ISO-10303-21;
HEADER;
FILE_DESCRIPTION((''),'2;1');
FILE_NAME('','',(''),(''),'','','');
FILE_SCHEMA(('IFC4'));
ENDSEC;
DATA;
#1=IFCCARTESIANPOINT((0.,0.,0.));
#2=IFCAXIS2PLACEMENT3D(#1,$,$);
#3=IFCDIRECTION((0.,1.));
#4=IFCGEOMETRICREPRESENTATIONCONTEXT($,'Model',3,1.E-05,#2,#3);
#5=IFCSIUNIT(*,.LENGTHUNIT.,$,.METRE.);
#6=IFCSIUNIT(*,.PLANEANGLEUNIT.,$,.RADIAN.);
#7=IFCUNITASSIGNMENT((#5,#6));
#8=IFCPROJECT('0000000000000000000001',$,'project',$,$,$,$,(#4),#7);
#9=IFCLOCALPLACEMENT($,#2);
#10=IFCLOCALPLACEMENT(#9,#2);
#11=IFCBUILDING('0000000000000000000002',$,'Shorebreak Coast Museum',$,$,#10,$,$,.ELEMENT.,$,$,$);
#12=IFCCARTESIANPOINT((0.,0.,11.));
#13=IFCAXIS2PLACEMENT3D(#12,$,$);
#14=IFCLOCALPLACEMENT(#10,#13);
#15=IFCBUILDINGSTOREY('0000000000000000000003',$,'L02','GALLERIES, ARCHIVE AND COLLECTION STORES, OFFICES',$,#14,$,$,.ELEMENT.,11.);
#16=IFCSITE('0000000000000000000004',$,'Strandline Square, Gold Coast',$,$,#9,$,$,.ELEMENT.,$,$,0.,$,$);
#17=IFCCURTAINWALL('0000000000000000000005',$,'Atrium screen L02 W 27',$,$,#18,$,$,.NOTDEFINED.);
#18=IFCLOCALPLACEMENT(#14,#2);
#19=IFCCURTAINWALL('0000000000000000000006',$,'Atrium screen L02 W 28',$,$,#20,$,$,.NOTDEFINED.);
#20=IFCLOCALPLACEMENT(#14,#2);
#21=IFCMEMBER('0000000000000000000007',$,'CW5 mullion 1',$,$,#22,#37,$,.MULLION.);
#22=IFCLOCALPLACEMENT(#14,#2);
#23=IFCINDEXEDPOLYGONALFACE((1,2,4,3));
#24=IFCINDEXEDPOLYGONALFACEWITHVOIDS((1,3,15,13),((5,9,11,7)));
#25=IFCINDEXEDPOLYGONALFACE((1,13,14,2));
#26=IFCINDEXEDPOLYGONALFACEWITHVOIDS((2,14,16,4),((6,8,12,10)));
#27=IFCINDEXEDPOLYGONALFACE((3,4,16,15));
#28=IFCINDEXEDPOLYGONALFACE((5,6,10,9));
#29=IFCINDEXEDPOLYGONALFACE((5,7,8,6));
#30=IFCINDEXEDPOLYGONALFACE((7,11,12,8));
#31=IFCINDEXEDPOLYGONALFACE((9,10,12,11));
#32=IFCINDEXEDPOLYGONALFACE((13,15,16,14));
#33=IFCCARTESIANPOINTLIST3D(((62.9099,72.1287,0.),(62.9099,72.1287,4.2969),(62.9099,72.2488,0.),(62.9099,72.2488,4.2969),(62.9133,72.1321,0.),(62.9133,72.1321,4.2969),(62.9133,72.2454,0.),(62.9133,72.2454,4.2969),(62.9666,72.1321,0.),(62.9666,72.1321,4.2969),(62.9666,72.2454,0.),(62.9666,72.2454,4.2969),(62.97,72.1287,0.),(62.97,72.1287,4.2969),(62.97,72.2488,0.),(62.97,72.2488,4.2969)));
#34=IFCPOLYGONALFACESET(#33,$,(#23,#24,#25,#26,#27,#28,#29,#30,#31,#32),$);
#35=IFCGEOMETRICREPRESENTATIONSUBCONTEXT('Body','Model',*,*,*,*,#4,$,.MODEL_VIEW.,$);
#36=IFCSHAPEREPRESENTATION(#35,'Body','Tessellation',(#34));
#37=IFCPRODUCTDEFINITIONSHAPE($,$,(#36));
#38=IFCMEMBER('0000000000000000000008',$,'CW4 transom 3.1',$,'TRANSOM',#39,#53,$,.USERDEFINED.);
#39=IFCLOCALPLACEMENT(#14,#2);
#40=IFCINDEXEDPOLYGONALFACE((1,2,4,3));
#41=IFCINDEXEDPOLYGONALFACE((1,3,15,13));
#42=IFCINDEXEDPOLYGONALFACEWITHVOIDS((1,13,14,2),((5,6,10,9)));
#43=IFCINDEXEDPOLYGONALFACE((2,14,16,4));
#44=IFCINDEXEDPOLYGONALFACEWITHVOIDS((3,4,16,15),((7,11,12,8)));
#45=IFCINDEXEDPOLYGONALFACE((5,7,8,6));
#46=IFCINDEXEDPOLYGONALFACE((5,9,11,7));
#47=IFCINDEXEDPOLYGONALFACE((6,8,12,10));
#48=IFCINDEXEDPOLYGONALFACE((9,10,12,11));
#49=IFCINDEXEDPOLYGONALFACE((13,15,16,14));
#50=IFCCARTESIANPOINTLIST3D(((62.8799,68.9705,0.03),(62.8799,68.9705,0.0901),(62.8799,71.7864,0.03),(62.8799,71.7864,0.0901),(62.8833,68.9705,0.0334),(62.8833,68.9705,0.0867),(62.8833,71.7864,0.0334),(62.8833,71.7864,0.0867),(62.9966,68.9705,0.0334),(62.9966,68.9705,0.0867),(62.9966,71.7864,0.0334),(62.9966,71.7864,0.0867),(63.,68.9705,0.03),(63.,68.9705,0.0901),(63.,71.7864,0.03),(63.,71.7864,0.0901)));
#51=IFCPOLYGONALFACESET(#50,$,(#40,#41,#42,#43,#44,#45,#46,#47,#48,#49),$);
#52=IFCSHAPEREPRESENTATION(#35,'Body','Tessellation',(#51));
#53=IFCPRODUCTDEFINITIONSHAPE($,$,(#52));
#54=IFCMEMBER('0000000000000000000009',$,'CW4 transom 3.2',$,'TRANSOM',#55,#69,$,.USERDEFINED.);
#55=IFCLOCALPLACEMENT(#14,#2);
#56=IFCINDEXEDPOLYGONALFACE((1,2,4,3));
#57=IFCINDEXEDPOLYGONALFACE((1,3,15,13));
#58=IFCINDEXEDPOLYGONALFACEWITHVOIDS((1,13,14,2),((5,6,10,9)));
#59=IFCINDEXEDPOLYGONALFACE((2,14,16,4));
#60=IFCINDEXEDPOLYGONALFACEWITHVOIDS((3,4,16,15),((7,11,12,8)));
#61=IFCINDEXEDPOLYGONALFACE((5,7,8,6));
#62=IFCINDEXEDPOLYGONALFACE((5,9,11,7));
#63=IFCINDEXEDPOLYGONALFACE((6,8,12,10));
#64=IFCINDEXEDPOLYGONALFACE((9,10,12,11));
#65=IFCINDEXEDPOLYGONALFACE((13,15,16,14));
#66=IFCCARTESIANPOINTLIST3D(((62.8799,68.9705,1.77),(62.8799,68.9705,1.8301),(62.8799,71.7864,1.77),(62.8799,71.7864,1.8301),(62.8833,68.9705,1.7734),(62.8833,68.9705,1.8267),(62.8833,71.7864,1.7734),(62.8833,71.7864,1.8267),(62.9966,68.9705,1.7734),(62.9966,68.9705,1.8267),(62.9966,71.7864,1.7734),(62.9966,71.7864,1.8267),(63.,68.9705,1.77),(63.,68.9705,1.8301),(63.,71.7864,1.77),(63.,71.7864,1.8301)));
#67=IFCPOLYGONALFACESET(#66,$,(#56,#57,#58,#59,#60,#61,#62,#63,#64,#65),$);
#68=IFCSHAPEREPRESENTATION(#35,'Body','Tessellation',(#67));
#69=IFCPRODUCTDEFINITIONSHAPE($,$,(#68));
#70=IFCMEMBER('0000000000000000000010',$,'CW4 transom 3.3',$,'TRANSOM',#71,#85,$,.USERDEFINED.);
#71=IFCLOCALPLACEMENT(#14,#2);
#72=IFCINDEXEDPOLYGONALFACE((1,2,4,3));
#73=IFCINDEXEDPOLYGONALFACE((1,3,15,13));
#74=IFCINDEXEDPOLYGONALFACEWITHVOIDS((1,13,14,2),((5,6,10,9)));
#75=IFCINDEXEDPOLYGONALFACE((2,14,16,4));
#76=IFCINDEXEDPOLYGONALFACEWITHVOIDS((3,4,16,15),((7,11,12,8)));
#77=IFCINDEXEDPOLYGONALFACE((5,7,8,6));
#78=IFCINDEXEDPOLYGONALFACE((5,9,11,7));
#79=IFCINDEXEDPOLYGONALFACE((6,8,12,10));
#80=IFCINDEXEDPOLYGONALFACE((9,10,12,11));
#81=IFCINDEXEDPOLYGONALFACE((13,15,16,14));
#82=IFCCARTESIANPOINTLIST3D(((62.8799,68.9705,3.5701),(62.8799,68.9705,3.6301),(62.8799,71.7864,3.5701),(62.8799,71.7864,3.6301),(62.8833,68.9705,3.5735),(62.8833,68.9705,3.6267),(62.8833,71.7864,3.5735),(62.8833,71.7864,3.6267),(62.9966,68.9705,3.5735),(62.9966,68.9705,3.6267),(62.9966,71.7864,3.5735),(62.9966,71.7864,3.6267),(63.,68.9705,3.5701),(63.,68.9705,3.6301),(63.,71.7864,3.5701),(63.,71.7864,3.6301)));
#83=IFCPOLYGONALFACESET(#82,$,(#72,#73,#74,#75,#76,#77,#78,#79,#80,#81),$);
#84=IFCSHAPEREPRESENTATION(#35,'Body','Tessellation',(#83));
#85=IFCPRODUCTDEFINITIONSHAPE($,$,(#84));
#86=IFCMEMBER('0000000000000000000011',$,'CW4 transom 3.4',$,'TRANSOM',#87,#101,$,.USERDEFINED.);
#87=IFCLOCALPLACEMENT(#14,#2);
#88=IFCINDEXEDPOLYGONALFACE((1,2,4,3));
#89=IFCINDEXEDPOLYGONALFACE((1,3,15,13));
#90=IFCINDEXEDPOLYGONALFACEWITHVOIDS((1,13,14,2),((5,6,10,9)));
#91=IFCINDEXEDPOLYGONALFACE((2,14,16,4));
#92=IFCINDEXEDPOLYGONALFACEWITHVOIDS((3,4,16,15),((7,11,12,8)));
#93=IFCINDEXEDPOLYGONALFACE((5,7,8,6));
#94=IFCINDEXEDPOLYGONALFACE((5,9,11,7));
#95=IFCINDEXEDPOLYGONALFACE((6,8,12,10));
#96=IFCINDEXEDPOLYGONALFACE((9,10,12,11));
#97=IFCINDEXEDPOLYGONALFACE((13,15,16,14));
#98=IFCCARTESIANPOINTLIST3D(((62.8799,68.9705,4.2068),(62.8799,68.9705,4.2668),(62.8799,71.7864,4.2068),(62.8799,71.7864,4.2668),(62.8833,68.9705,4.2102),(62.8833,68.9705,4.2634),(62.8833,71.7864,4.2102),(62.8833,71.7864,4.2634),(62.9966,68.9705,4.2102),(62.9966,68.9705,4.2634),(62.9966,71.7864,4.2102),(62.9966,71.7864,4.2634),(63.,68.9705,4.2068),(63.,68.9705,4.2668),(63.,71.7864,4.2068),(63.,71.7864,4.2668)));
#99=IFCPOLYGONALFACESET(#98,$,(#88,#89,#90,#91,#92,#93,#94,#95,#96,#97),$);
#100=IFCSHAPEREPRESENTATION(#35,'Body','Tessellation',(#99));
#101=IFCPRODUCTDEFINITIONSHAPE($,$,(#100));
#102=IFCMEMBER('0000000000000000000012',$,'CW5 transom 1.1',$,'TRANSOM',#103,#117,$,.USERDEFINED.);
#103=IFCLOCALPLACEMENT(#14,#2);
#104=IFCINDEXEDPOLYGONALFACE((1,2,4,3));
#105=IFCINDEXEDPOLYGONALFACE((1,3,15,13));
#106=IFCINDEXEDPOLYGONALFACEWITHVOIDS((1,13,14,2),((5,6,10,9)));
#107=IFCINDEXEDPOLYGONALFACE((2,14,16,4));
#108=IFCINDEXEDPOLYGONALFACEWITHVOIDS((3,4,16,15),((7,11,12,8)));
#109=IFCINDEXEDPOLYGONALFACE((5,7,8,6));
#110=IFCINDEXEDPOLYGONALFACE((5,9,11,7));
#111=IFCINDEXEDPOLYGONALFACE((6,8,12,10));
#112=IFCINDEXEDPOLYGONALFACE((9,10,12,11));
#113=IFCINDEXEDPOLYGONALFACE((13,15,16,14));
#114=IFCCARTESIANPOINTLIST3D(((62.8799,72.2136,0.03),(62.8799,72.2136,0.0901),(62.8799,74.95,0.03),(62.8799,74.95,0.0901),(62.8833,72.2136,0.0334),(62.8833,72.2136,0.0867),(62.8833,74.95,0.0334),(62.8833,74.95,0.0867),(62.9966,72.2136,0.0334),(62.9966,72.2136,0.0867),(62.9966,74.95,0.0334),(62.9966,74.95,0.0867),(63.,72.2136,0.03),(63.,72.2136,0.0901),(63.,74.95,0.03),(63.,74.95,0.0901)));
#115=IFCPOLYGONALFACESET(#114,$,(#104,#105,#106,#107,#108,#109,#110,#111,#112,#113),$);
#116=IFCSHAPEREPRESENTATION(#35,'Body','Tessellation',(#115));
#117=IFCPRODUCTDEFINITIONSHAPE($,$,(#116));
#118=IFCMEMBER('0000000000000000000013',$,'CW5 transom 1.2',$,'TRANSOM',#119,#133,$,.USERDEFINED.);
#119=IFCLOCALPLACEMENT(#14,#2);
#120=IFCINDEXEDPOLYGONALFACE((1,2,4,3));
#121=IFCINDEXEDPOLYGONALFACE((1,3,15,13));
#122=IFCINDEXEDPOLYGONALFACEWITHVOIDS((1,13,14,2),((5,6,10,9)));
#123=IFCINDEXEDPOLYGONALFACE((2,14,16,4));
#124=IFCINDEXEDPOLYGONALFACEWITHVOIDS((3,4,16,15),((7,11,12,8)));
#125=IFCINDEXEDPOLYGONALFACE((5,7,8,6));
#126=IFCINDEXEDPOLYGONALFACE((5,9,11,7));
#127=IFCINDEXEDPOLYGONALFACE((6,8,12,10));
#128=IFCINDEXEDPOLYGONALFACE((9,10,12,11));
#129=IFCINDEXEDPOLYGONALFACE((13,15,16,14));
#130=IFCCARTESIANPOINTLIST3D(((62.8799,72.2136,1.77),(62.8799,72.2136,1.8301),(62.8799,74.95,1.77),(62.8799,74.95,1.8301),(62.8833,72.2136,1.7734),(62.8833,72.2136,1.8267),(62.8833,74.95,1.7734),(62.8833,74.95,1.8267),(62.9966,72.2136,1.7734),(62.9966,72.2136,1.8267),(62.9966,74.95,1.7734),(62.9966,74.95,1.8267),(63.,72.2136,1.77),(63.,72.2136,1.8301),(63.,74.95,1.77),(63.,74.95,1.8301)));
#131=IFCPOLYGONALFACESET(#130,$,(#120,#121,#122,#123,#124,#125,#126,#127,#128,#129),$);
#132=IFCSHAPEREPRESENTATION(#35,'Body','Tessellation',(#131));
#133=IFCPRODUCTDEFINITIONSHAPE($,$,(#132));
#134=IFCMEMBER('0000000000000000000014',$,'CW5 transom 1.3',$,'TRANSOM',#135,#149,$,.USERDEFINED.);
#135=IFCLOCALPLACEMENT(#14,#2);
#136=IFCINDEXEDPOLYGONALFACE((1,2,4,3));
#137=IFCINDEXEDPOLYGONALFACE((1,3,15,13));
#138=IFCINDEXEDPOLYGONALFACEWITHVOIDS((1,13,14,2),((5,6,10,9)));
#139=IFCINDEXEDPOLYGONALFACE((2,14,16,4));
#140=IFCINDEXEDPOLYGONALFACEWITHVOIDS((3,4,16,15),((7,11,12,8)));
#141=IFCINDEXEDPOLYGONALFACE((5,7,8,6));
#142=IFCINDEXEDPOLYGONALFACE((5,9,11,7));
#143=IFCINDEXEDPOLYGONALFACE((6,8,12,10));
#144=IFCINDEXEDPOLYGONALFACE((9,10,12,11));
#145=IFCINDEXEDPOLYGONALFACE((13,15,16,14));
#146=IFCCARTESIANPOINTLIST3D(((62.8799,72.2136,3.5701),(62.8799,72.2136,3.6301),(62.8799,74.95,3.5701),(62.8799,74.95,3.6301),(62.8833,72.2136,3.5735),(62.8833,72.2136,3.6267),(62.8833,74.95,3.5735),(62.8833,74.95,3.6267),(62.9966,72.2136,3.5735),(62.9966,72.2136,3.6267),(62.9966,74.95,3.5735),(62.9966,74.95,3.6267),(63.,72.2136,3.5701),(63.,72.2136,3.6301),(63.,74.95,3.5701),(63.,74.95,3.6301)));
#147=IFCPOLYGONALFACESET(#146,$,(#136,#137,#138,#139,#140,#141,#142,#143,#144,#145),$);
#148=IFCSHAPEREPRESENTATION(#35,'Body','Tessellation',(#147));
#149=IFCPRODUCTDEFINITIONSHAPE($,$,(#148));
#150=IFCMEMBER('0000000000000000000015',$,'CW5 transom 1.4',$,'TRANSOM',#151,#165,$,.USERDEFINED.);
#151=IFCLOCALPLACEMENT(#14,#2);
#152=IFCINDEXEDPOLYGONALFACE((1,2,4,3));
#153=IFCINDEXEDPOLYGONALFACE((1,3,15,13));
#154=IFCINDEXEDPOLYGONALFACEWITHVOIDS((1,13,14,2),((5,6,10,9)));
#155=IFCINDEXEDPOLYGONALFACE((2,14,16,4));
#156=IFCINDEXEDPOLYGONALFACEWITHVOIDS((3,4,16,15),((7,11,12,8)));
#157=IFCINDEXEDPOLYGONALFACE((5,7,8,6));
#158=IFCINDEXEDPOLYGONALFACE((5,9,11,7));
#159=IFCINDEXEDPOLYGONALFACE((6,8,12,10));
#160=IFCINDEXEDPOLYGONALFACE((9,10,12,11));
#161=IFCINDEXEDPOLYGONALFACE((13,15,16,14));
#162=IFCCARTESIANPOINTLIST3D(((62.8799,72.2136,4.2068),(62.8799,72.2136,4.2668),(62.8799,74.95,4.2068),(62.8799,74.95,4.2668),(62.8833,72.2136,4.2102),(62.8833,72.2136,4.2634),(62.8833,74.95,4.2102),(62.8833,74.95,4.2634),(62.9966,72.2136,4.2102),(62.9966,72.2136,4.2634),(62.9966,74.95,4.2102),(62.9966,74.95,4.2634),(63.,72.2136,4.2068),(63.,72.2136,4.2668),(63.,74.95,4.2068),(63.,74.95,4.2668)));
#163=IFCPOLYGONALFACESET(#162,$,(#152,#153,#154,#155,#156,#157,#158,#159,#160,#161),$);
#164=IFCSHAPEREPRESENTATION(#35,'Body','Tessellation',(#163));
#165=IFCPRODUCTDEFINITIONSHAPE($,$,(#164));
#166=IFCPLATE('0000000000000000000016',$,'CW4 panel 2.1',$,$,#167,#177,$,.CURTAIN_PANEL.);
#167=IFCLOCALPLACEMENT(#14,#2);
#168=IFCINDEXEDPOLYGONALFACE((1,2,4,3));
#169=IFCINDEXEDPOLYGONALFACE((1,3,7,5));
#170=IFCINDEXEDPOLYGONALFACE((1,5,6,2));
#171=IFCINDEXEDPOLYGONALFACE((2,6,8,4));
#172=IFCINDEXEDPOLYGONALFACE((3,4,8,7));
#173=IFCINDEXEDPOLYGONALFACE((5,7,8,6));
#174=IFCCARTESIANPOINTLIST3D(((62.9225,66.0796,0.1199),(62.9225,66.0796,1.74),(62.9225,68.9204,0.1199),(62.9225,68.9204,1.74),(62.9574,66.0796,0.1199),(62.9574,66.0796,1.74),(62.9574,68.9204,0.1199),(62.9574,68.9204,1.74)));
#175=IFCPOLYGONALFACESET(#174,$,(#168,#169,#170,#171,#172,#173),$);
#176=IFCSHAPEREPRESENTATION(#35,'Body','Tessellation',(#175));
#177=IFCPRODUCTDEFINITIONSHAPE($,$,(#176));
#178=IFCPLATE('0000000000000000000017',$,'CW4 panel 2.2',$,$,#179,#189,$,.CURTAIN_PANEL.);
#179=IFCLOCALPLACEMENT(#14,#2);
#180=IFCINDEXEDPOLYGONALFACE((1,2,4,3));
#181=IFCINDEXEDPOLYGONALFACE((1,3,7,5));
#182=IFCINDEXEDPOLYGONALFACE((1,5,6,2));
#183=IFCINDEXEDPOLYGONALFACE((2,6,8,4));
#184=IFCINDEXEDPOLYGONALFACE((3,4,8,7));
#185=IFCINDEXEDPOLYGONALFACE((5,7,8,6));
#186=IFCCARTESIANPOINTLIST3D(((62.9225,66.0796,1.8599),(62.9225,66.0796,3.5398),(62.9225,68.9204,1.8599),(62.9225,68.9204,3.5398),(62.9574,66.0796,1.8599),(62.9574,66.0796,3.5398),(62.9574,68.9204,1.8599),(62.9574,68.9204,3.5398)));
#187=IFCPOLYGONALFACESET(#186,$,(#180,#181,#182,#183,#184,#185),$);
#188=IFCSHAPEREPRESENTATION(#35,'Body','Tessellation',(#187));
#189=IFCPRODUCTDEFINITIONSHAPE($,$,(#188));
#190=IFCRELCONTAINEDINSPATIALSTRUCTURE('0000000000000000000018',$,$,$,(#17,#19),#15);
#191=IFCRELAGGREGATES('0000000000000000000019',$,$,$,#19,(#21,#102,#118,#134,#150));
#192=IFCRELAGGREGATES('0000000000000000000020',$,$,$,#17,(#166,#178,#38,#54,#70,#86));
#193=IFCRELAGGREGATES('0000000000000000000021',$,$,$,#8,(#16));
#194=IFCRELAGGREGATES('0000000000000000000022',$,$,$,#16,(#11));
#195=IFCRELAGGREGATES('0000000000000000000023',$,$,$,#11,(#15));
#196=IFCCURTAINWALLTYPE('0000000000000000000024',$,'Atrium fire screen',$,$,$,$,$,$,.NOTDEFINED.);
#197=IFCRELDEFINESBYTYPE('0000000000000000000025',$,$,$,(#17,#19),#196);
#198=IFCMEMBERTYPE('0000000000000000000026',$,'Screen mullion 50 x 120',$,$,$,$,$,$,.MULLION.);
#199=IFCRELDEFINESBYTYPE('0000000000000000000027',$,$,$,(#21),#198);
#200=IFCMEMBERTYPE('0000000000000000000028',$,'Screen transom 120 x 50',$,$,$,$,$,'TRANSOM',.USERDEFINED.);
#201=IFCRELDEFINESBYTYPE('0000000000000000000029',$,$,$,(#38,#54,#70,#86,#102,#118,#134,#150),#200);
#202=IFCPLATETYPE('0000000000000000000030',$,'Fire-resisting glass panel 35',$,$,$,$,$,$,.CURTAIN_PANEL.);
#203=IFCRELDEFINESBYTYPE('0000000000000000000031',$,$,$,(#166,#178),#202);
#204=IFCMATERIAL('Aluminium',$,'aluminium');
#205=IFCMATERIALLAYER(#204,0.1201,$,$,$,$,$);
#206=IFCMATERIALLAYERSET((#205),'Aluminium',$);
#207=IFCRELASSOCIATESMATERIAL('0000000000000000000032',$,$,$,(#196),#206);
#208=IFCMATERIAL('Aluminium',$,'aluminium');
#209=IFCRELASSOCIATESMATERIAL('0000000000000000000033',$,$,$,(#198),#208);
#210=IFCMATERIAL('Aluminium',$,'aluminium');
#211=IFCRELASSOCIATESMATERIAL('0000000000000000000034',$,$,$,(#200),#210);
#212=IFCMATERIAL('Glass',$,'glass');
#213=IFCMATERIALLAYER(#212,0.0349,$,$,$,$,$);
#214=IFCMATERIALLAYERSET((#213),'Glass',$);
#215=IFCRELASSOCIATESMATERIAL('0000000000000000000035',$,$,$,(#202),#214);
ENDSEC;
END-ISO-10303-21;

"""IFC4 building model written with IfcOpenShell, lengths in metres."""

from ifc_helpers import new_model, si_unit, direction, frame, origin, origin_2d, place, context, subcontext, project, spatial, rectangle, hollow_rectangle, extrude, material, layer, layer_set, material_profile, profile_set, type_object, element, aggregate, save


model = new_model("IFC4")

# Units and contexts
model_context = context("Model", 3, precision=1e-05, world=origin(), true_north=direction((0.0, 1.0)))
body_context = subcontext(model_context, "Body", "Model", "MODEL_VIEW")
ifc_project = project(units=[si_unit("LENGTHUNIT", "METRE"), si_unit("PLANEANGLEUNIT", "RADIAN")], contexts=[model_context])

# Site, building, storey
site_placement = place(None, origin())
site = spatial("IfcSite", under=ifc_project, at=site_placement, Name="Strandline Square, Gold Coast", CompositionType="ELEMENT", RefElevation=0.0)
building_placement = place(site_placement, origin())
building = spatial("IfcBuilding", under=site, at=building_placement, Name="Shorebreak Coast Museum", CompositionType="ELEMENT")
storey_placement = place(building_placement, frame((0.0, 0.0, 11.0)))
storey = spatial("IfcBuildingStorey", under=building, at=storey_placement, Name="L02", Description="GALLERIES, ARCHIVE AND COLLECTION STORES, OFFICES", CompositionType="ELEMENT", Elevation=11.0)

# Curtain wall
ifc_material_1 = material(Name="Aluminium", Category="aluminium")
ifc_layer_1 = layer(ifc_material_1, 0.1201)
ifc_layer_set_1 = layer_set([ifc_layer_1], Name="Aluminium")
curtain_wall_type = type_object("IfcCurtainWallType", Name="Atrium fire screen", PredefinedType="NOTDEFINED", material=ifc_layer_set_1)
curtain_wall_1_placement = place(storey_placement, origin())
curtain_wall_1 = element("IfcCurtainWall", 1, at=curtain_wall_1_placement, inside=storey, type_object=curtain_wall_type, Name="Atrium screen L02 W 27", PredefinedType="NOTDEFINED")
ifc_material_2 = material(Name="Aluminium", Category="aluminium")
ifc_material_profile_1 = material_profile(ifc_material_2, hollow_rectangle(XDim=0.0601, YDim=0.1201, WallThickness=0.0034, at=origin_2d()), Name="AL 120x60 RHS")
ifc_profile_set_1 = profile_set([ifc_material_profile_1], Name="Aluminium")
member_type_1 = type_object("IfcMemberType", Name="Screen mullion 50 x 120", PredefinedType="MULLION", material=ifc_profile_set_1)

# Curtain wall, member
curtain_wall_2_placement = place(storey_placement, origin())
curtain_wall_2 = element("IfcCurtainWall", 2, at=curtain_wall_2_placement, inside=storey, type_object=curtain_wall_type, Name="Atrium screen L02 W 28", PredefinedType="NOTDEFINED")
member_1_placement = place(storey_placement, frame((62.9399, 72.1887, 0.0), z_axis=(0.0, 0.0, 1.0), x_axis=(-1.0, 0.0, 0.0)))
member_1 = element("IfcMember", 3, at=member_1_placement, type_object=member_type_1, Name="CW5 mullion 1", PredefinedType="MULLION", context=body_context, shape_type="SweptSolid", body=[
    extrude(hollow_rectangle(XDim=0.0601, YDim=0.1201, WallThickness=0.0034, at=origin_2d()), origin(), (0.0, 0.0, 1.0), 4.2969),
])

# Members
ifc_material_3 = material(Name="Aluminium", Category="aluminium")
ifc_material_profile_2 = material_profile(ifc_material_3, hollow_rectangle(XDim=0.1201, YDim=0.0601, WallThickness=0.0034, at=origin_2d()), Name="AL 60x120 RHS")
ifc_profile_set_2 = profile_set([ifc_material_profile_2], Name="Aluminium")
member_type_2 = type_object("IfcMemberType", Name="Screen transom 120 x 50", ElementType="TRANSOM", PredefinedType="USERDEFINED", material=ifc_profile_set_2)
member_2_placement = place(storey_placement, frame((62.9399, 68.9705, 0.0601), z_axis=(0.0, 1.0, 0.0), x_axis=(-1.0, 0.0, 0.0)))
member_2 = element("IfcMember", 4, at=member_2_placement, type_object=member_type_2, Name="CW4 transom 3.1", ObjectType="TRANSOM", PredefinedType="USERDEFINED", context=body_context, shape_type="SweptSolid", body=[
    extrude(hollow_rectangle(XDim=0.1201, YDim=0.0601, WallThickness=0.0034, at=origin_2d()), origin(), (0.0, 0.0, 1.0), 2.8159),
])
member_3_placement = place(storey_placement, frame((62.9399, 68.9705, 1.8), z_axis=(0.0, 1.0, 0.0), x_axis=(-1.0, 0.0, 0.0)))
member_3 = element("IfcMember", 5, at=member_3_placement, type_object=member_type_2, Name="CW4 transom 3.2", ObjectType="TRANSOM", PredefinedType="USERDEFINED", context=body_context, shape_type="SweptSolid", body=[
    extrude(hollow_rectangle(XDim=0.1201, YDim=0.0601, WallThickness=0.0034, at=origin_2d()), origin(), (0.0, 0.0, 1.0), 2.8159),
])
member_4_placement = place(storey_placement, frame((62.9399, 68.9705, 3.6001), z_axis=(0.0, 1.0, 0.0), x_axis=(-1.0, 0.0, 0.0)))
member_4 = element("IfcMember", 6, at=member_4_placement, type_object=member_type_2, Name="CW4 transom 3.3", ObjectType="TRANSOM", PredefinedType="USERDEFINED", context=body_context, shape_type="SweptSolid", body=[
    extrude(hollow_rectangle(XDim=0.1201, YDim=0.0601, WallThickness=0.0034, at=origin_2d()), origin(), (0.0, 0.0, 1.0), 2.8159),
])
member_5_placement = place(storey_placement, frame((62.9399, 68.9705, 4.2368), z_axis=(0.0, 1.0, 0.0), x_axis=(-1.0, 0.0, 0.0)))
member_5 = element("IfcMember", 7, at=member_5_placement, type_object=member_type_2, Name="CW4 transom 3.4", ObjectType="TRANSOM", PredefinedType="USERDEFINED", context=body_context, shape_type="SweptSolid", body=[
    extrude(hollow_rectangle(XDim=0.1201, YDim=0.0601, WallThickness=0.0034, at=origin_2d()), origin(), (0.0, 0.0, 1.0), 2.8159),
])
member_6_placement = place(storey_placement, frame((62.9399, 72.2136, 0.0601), z_axis=(0.0, 1.0, 0.0), x_axis=(-1.0, 0.0, 0.0)))
member_6 = element("IfcMember", 8, at=member_6_placement, type_object=member_type_2, Name="CW5 transom 1.1", ObjectType="TRANSOM", PredefinedType="USERDEFINED", context=body_context, shape_type="SweptSolid", body=[
    extrude(hollow_rectangle(XDim=0.1201, YDim=0.0601, WallThickness=0.0034, at=origin_2d()), origin(), (0.0, 0.0, 1.0), 2.7363),
])
member_7_placement = place(storey_placement, frame((62.9399, 72.2136, 1.8), z_axis=(0.0, 1.0, 0.0), x_axis=(-1.0, 0.0, 0.0)))
member_7 = element("IfcMember", 9, at=member_7_placement, type_object=member_type_2, Name="CW5 transom 1.2", ObjectType="TRANSOM", PredefinedType="USERDEFINED", context=body_context, shape_type="SweptSolid", body=[
    extrude(hollow_rectangle(XDim=0.1201, YDim=0.0601, WallThickness=0.0034, at=origin_2d()), origin(), (0.0, 0.0, 1.0), 2.7363),
])
member_8_placement = place(storey_placement, frame((62.9399, 72.2136, 3.6001), z_axis=(0.0, 1.0, 0.0), x_axis=(-1.0, 0.0, 0.0)))
member_8 = element("IfcMember", 10, at=member_8_placement, type_object=member_type_2, Name="CW5 transom 1.3", ObjectType="TRANSOM", PredefinedType="USERDEFINED", context=body_context, shape_type="SweptSolid", body=[
    extrude(hollow_rectangle(XDim=0.1201, YDim=0.0601, WallThickness=0.0034, at=origin_2d()), origin(), (0.0, 0.0, 1.0), 2.7363),
])
member_9_placement = place(storey_placement, frame((62.9399, 72.2136, 4.2368), z_axis=(0.0, 1.0, 0.0), x_axis=(-1.0, 0.0, 0.0)))
member_9 = element("IfcMember", 11, at=member_9_placement, type_object=member_type_2, Name="CW5 transom 1.4", ObjectType="TRANSOM", PredefinedType="USERDEFINED", context=body_context, shape_type="SweptSolid", body=[
    extrude(hollow_rectangle(XDim=0.1201, YDim=0.0601, WallThickness=0.0034, at=origin_2d()), origin(), (0.0, 0.0, 1.0), 2.7363),
])
aggregate(curtain_wall_2, [member_1, member_6, member_7, member_8, member_9])

# Plates
ifc_material_4 = material(Name="Glass", Category="glass")
ifc_layer_2 = layer(ifc_material_4, 0.0349)
ifc_layer_set_2 = layer_set([ifc_layer_2], Name="Glass")
plate_type = type_object("IfcPlateType", Name="Fire-resisting glass panel 35", PredefinedType="CURTAIN_PANEL", material=ifc_layer_set_2)
plate_1_placement = place(storey_placement, frame((62.9399, 67.5, 0.1199), z_axis=(0.0, 0.0, 1.0), x_axis=(0.0, 1.0, 0.0)))
plate_1 = element("IfcPlate", 12, at=plate_1_placement, type_object=plate_type, Name="CW4 panel 2.1", PredefinedType="CURTAIN_PANEL", context=body_context, shape_type="SweptSolid", body=[
    extrude(rectangle(XDim=2.8408, YDim=0.0349, at=origin_2d()), origin(), (0.0, 0.0, 1.0), 1.6201),
])
plate_2_placement = place(storey_placement, frame((62.9399, 67.5, 1.8599), z_axis=(0.0, 0.0, 1.0), x_axis=(0.0, 1.0, 0.0)))
plate_2 = element("IfcPlate", 13, at=plate_2_placement, type_object=plate_type, Name="CW4 panel 2.2", PredefinedType="CURTAIN_PANEL", context=body_context, shape_type="SweptSolid", body=[
    extrude(rectangle(XDim=2.8408, YDim=0.0349, at=origin_2d()), origin(), (0.0, 0.0, 1.0), 1.6799),
])
aggregate(curtain_wall_1, [plate_1, plate_2, member_2, member_3, member_4, member_5])

save(model, "model.ifc")
